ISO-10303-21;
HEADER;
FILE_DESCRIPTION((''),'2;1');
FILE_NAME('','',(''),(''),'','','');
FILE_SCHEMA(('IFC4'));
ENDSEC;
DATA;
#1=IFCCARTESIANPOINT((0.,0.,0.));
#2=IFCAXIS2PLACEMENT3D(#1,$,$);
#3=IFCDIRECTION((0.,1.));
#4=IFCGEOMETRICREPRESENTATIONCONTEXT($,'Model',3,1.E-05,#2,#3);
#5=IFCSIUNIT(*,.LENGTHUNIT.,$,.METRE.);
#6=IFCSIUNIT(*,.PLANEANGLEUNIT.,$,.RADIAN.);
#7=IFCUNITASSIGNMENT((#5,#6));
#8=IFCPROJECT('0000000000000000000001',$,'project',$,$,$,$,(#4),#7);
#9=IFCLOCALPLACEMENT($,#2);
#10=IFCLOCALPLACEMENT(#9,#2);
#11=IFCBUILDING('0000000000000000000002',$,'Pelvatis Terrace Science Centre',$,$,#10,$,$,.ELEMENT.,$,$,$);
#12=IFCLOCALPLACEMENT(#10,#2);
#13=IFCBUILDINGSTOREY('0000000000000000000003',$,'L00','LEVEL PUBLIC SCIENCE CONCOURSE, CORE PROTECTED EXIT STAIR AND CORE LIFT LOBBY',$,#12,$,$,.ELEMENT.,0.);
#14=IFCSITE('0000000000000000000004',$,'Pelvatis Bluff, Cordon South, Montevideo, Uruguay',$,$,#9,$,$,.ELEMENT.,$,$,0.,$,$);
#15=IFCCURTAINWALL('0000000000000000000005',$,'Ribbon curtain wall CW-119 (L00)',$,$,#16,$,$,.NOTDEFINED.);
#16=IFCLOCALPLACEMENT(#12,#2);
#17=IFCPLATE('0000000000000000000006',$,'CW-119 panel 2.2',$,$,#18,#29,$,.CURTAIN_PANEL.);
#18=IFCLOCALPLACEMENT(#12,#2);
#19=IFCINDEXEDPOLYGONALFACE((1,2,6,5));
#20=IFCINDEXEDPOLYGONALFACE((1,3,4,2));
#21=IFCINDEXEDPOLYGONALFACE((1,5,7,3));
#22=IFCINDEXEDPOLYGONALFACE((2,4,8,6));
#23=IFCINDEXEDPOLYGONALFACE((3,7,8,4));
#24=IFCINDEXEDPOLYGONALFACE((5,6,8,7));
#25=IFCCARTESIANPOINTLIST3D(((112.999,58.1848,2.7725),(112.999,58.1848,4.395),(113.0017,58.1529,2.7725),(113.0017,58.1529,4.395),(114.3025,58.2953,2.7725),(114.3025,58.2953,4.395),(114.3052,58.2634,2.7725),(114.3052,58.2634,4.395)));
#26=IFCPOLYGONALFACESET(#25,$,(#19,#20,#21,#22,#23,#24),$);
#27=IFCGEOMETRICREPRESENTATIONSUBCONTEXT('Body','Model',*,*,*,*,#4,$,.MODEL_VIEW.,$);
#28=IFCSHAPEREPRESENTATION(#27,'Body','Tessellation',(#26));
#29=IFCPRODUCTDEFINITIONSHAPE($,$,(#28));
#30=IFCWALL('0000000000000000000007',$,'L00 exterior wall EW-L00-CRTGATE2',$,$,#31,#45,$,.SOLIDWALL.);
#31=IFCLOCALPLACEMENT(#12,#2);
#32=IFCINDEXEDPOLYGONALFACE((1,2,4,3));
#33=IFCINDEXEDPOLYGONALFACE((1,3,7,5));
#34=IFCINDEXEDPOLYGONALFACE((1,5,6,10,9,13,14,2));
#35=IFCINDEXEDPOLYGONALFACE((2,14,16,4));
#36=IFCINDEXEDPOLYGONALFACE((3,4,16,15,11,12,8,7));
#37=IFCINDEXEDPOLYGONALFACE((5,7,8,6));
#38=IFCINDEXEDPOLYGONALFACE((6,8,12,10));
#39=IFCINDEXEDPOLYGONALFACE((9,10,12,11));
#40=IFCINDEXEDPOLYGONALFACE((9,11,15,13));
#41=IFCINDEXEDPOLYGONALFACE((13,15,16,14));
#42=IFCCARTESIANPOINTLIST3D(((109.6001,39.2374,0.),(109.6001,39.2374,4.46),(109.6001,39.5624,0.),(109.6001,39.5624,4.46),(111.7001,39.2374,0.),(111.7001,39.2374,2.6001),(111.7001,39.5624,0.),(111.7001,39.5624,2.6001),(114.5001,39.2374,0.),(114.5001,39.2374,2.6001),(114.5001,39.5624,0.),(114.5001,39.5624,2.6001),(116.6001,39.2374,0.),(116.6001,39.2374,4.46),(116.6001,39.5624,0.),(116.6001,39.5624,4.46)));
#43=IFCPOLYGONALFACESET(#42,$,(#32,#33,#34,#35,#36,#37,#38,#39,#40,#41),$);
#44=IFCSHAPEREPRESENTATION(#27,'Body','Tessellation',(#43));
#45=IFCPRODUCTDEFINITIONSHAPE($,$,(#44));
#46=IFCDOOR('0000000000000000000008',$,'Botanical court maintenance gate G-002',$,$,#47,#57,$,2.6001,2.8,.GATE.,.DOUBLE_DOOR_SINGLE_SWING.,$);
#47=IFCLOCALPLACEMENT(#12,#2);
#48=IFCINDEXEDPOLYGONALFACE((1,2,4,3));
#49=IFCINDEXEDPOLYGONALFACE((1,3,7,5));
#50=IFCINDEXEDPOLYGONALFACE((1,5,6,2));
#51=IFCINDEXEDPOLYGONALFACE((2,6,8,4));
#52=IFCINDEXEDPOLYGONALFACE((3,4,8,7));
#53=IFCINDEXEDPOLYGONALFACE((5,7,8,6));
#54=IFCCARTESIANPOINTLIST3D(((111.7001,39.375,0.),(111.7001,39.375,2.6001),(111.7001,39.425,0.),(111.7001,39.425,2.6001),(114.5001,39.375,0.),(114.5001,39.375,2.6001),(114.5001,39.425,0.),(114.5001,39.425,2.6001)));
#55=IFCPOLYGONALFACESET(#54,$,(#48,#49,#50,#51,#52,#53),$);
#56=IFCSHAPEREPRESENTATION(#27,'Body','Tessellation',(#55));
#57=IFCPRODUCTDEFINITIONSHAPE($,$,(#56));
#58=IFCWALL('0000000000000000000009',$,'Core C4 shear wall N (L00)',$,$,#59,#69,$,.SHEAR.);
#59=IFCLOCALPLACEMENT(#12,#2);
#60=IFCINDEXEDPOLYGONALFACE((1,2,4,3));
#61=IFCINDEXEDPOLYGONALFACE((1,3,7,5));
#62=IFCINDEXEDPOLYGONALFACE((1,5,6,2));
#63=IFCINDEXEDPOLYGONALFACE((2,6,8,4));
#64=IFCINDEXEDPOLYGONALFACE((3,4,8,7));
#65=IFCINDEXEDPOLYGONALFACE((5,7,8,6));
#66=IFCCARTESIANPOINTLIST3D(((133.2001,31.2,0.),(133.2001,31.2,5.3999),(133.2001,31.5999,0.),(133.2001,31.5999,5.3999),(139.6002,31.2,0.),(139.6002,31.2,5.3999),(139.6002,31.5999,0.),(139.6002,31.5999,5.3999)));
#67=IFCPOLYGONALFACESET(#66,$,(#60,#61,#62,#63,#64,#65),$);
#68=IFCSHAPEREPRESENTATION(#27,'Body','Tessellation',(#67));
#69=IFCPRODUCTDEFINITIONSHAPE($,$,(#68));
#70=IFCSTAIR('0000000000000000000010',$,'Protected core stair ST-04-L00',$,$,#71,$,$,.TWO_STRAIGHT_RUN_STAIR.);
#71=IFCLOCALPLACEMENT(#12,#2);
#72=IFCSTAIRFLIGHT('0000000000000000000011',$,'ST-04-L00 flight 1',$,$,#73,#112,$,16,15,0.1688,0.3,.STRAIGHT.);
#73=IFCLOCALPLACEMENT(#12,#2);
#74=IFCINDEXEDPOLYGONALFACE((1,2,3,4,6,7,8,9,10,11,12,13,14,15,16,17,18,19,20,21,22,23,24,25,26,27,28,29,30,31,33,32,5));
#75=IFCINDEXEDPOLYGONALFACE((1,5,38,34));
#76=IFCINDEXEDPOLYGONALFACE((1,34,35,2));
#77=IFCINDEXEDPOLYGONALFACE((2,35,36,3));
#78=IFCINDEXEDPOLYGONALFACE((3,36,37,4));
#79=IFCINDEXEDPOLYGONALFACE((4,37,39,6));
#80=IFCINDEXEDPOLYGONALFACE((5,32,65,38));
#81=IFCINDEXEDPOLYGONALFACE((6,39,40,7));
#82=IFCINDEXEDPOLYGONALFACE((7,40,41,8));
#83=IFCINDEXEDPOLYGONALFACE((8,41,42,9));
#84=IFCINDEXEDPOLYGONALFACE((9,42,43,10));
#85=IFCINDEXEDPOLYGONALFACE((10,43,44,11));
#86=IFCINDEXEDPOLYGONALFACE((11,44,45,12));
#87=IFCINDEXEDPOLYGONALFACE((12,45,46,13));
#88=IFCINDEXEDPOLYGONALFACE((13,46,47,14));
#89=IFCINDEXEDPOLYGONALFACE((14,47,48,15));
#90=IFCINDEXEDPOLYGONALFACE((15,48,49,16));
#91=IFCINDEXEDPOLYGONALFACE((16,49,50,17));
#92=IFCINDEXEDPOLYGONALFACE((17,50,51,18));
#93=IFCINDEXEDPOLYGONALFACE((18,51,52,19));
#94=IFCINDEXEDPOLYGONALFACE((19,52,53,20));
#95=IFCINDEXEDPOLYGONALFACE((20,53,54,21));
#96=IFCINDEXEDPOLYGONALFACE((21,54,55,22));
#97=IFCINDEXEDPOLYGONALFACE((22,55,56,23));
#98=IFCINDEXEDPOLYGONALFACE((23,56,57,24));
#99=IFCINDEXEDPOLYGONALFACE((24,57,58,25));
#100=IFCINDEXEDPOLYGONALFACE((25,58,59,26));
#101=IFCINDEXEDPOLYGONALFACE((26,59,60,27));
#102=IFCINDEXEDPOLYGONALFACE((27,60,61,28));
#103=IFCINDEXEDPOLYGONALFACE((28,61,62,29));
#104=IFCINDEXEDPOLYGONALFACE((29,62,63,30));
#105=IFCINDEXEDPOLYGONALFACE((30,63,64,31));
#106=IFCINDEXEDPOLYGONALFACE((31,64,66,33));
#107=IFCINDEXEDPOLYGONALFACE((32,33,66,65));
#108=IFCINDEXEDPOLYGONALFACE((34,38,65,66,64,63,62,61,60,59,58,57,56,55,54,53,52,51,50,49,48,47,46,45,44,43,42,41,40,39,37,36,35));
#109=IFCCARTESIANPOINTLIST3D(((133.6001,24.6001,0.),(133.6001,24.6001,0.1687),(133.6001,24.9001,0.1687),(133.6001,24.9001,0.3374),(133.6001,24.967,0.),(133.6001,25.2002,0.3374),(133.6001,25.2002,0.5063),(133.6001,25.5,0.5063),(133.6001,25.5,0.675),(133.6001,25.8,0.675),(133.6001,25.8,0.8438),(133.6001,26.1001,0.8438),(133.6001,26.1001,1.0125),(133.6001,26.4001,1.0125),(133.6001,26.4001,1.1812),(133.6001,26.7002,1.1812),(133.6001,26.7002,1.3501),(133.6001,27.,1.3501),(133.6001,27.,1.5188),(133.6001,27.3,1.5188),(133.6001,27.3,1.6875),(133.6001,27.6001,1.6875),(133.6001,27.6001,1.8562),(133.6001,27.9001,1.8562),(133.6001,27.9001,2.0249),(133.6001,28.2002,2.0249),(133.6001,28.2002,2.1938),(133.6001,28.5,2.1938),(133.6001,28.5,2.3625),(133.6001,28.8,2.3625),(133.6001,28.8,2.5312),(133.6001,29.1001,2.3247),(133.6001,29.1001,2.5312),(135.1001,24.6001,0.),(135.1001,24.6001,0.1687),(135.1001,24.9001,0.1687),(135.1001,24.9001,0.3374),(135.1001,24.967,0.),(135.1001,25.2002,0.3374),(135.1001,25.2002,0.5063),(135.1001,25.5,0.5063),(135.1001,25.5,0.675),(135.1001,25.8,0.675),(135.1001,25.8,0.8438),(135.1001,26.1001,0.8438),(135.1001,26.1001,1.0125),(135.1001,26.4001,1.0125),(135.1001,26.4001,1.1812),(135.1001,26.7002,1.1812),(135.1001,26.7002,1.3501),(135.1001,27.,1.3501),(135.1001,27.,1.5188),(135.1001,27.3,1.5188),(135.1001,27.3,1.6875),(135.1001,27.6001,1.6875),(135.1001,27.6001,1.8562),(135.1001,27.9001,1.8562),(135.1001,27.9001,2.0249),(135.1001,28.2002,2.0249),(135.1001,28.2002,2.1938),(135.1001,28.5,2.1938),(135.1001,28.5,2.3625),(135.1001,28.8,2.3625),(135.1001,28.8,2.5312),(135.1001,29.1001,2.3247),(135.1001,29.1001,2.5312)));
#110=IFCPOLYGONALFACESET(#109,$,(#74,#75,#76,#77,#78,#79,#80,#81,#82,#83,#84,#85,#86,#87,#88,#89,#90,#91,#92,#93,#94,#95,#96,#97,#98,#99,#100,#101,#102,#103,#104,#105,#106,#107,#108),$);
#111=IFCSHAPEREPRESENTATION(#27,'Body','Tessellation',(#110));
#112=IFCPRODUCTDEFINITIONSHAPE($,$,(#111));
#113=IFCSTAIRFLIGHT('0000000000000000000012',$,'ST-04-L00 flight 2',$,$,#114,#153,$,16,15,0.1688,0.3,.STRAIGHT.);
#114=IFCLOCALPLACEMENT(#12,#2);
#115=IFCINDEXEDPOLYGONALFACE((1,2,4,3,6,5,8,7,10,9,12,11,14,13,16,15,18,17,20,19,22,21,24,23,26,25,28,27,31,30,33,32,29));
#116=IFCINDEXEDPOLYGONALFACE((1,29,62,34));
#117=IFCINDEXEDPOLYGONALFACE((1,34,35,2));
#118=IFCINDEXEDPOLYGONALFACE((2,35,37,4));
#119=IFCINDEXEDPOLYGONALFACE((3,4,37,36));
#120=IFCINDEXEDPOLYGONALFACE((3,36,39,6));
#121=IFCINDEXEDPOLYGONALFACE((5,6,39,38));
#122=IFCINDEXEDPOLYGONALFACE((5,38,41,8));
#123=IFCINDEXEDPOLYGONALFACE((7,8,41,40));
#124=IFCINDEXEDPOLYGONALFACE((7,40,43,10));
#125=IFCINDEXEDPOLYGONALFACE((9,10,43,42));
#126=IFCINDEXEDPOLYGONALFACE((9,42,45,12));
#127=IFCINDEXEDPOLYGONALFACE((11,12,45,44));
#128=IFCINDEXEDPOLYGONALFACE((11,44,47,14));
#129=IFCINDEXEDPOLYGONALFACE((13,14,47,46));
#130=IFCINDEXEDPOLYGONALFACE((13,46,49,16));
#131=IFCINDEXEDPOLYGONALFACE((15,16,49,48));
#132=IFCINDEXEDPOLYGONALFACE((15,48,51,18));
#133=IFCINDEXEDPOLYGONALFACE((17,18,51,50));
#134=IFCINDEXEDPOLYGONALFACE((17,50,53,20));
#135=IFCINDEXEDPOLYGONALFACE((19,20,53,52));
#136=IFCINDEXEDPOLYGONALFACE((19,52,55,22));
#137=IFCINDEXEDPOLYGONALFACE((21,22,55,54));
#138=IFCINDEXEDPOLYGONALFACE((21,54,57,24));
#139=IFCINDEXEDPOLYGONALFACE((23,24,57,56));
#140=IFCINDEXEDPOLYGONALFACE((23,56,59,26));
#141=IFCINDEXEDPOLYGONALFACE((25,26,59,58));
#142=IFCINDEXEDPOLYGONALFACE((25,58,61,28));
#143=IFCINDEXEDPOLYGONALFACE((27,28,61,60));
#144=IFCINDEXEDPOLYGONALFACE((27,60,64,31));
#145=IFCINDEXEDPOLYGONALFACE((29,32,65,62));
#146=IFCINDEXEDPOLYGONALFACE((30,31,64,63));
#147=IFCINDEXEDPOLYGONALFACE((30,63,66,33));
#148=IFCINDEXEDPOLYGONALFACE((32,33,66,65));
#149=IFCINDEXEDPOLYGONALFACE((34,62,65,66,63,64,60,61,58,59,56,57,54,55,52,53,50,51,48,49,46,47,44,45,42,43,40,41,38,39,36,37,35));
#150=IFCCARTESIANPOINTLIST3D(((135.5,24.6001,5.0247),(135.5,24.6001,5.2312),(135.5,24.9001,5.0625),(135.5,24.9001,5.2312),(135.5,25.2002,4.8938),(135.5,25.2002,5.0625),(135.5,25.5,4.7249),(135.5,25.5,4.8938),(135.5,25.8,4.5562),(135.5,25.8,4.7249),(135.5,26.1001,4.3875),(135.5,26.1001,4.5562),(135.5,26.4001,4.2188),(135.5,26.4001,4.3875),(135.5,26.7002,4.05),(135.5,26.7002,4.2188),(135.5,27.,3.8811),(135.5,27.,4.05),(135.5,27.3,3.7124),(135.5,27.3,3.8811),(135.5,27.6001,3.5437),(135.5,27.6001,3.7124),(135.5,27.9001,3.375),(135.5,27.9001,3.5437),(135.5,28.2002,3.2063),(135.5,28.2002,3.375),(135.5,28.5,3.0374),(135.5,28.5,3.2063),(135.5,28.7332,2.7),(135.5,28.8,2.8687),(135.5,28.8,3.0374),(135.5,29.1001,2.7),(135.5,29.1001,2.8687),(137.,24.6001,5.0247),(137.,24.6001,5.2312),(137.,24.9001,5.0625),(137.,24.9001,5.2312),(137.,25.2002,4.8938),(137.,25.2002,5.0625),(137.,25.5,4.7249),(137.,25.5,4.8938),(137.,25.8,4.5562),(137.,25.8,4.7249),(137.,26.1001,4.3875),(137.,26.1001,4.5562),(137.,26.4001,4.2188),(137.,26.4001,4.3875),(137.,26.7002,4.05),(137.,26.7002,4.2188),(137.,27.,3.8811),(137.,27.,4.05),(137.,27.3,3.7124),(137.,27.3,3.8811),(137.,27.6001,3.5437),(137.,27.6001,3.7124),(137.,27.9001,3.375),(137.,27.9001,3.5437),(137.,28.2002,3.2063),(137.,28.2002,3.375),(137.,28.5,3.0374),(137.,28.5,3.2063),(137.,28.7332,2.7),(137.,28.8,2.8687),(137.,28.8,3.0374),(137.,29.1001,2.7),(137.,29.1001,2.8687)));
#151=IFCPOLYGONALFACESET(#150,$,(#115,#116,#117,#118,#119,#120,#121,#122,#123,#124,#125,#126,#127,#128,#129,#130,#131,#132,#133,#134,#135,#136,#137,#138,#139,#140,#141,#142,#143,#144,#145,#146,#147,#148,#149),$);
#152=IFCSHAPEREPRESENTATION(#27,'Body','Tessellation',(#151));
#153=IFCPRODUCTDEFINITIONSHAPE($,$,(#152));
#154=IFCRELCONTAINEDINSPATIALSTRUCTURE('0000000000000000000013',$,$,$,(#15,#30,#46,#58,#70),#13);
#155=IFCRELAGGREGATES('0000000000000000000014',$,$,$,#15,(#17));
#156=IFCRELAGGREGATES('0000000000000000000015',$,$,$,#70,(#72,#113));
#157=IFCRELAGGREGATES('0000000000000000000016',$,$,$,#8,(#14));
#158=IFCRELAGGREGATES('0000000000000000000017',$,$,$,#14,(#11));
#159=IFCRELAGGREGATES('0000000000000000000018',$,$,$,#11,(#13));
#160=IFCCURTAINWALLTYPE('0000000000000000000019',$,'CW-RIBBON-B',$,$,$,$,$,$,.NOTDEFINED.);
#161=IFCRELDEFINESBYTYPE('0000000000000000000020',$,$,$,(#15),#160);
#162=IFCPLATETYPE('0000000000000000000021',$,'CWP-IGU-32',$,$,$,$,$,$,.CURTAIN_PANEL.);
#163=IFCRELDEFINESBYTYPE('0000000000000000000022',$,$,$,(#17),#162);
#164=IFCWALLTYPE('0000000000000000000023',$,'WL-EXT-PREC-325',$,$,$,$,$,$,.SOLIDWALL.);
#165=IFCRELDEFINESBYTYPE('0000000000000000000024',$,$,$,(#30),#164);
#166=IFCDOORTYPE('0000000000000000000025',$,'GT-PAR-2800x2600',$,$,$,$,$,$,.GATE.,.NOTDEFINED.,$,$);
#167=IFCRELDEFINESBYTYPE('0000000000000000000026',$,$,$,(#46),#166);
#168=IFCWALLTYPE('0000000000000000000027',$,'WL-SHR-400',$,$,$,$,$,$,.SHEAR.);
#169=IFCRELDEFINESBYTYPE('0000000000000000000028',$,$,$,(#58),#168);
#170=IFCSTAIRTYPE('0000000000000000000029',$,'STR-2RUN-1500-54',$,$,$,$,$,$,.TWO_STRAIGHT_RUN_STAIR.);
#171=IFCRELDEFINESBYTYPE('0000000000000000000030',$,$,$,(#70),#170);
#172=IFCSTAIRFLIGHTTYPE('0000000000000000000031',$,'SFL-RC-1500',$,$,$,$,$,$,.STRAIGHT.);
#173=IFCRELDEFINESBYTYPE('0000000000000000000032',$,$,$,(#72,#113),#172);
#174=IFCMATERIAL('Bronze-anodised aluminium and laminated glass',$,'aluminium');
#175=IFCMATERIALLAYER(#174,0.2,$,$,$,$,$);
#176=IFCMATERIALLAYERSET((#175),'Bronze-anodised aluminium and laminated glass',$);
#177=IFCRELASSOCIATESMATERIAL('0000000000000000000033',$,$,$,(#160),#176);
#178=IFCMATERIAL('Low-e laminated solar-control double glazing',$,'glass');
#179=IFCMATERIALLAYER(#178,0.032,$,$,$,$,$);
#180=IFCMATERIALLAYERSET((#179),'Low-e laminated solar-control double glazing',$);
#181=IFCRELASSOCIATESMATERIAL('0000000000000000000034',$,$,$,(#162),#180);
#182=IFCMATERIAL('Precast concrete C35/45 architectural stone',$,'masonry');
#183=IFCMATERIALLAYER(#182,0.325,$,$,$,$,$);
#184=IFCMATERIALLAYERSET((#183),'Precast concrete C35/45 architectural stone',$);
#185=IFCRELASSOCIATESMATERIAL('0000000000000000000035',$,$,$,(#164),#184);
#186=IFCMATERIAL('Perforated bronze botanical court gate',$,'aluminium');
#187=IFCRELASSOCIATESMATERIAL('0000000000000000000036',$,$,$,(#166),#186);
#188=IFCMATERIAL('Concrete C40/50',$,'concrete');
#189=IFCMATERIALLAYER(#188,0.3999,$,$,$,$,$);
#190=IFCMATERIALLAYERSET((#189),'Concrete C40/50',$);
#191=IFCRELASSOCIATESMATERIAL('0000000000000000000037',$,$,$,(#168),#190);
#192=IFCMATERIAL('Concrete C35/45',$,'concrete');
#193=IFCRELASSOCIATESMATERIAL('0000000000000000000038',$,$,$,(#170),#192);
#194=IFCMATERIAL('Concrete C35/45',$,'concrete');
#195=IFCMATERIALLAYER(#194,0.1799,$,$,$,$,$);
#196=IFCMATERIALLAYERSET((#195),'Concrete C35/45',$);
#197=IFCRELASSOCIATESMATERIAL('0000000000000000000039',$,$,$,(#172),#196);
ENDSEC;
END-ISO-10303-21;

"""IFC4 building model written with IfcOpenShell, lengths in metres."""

from ifc_helpers import new_model, si_unit, direction, frame, frame_2d, origin, origin_2d, place, context, subcontext, project, spatial, polyline, rectangle, outline, extrude, material, layer, layer_set, type_object, element, fill, aggregate, save


model = new_model("IFC4")

# Units and contexts
model_context = context("Model", 3, precision=1e-05, world=origin(), true_north=direction((0.0, 1.0)))
body_context = subcontext(model_context, "Body", "Model", "MODEL_VIEW")
ifc_project = project(units=[si_unit("LENGTHUNIT", "METRE"), si_unit("PLANEANGLEUNIT", "RADIAN")], contexts=[model_context])

# Site, building, storey
site_placement = place(None, origin())
site = spatial("IfcSite", under=ifc_project, at=site_placement, Name="Pelvatis Bluff, Cordon South, Montevideo, Uruguay", CompositionType="ELEMENT", RefElevation=0.0)
building_placement = place(site_placement, origin())
building = spatial("IfcBuilding", under=site, at=building_placement, Name="Pelvatis Terrace Science Centre", CompositionType="ELEMENT")
storey_placement = place(building_placement, origin())
storey = spatial("IfcBuildingStorey", under=building, at=storey_placement, Name="L00", Description="LEVEL PUBLIC SCIENCE CONCOURSE, CORE PROTECTED EXIT STAIR AND CORE LIFT LOBBY", CompositionType="ELEMENT", Elevation=0.0)

# Curtain wall, plate
ifc_material_1 = material(Name="Bronze-anodised aluminium and laminated glass", Category="aluminium")
ifc_layer_1 = layer(ifc_material_1, 0.2)
ifc_layer_set_1 = layer_set([ifc_layer_1], Name="Bronze-anodised aluminium and laminated glass")
curtain_wall_type = type_object("IfcCurtainWallType", Name="CW-RIBBON-B", PredefinedType="NOTDEFINED", material=ifc_layer_set_1)
curtain_wall_placement = place(storey_placement, origin())
curtain_wall = element("IfcCurtainWall", 1, at=curtain_wall_placement, inside=storey, type_object=curtain_wall_type, Name="Ribbon curtain wall CW-119 (L00)", PredefinedType="NOTDEFINED")
ifc_material_2 = material(Name="Low-e laminated solar-control double glazing", Category="glass")
ifc_layer_2 = layer(ifc_material_2, 0.032)
ifc_layer_set_2 = layer_set([ifc_layer_2], Name="Low-e laminated solar-control double glazing")
plate_type = type_object("IfcPlateType", Name="CWP-IGU-32", PredefinedType="CURTAIN_PANEL", material=ifc_layer_set_2)
plate_1_placement = place(storey_placement, frame((113.6521, 58.2241, 2.7725), z_axis=(0.0, 0.0, 1.0), x_axis=(0.996425, 0.084488, 0.0)))
plate_1 = element("IfcPlate", 2, at=plate_1_placement, type_object=plate_type, Name="CW-119 panel 2.2", PredefinedType="CURTAIN_PANEL", context=body_context, shape_type="SweptSolid", body=[
    extrude(rectangle(XDim=1.3081, YDim=0.032, at=origin_2d()), origin(), (0.0, 0.0, 1.0), 1.6226),
])
aggregate(curtain_wall, [plate_1])

# Wall, opening, door
ifc_material_3 = material(Name="Precast concrete C35/45 architectural stone", Category="masonry")
ifc_layer_3 = layer(ifc_material_3, 0.325)
ifc_layer_set_3 = layer_set([ifc_layer_3], Name="Precast concrete C35/45 architectural stone")
wall_type_1 = type_object("IfcWallType", Name="WL-EXT-PREC-325", PredefinedType="SOLIDWALL", material=ifc_layer_set_3)
wall_1_placement = place(storey_placement, frame((116.6001, 39.3999, 0.0), z_axis=(0.0, 0.0, 1.0), x_axis=(-1.0, 0.0, 0.0)))
wall_1 = element("IfcWall", 3, at=wall_1_placement, inside=storey, type_object=wall_type_1, Name="L00 exterior wall EW-L00-CRTGATE2", PredefinedType="SOLIDWALL", context=body_context, shape_type="SweptSolid", body=[
    extrude(rectangle(XDim=7.0, YDim=0.325, at=frame_2d((3.5, 0.0))), origin(), (0.0, 0.0, 1.0), 4.46),
])
opening_1_placement = place(wall_1_placement, frame((2.1001, 0.0, 0.0)))
opening_1 = element("IfcOpeningElement", 4, at=opening_1_placement, cuts=wall_1, PredefinedType="OPENING", context=body_context, shape_type="SweptSolid", body=[
    extrude(rectangle(XDim=2.8, YDim=2.6001, at=frame_2d((1.3999, 1.3))), frame((0.0, 0.1724, 0.0), z_axis=(0.0, -1.0, 0.0), x_axis=(1.0, 0.0, 0.0)), (0.0, 0.0, 1.0), 0.345),
])
ifc_material_4 = material(Name="Perforated bronze botanical court gate", Category="aluminium")
door_type_1 = type_object("IfcDoorType", Name="GT-PAR-2800x2600", OperationType="NOTDEFINED", PredefinedType="GATE", material=ifc_material_4)
door_1_placement = place(opening_1_placement, origin())
door_1 = element("IfcDoor", 5, at=door_1_placement, inside=storey, type_object=door_type_1, Name="Botanical court maintenance gate G-002", OperationType="DOUBLE_DOOR_SINGLE_SWING", OverallHeight=2.6001, OverallWidth=2.8, PredefinedType="GATE", context=body_context, shape_type="SweptSolid", body=[
    extrude(rectangle(XDim=2.8, YDim=2.6001, at=frame_2d((1.3999, 1.3))), frame((0.0, 0.0249, 0.0), z_axis=(0.0, -1.0, 0.0), x_axis=(1.0, 0.0, 0.0)), (0.0, 0.0, 1.0), 0.05),
])
fill(opening_1, door_1)

# Wall
ifc_material_5 = material(Name="Concrete C40/50", Category="concrete")
ifc_layer_4 = layer(ifc_material_5, 0.3999)
ifc_layer_set_4 = layer_set([ifc_layer_4], Name="Concrete C40/50")
wall_type_2 = type_object("IfcWallType", Name="WL-SHR-400", PredefinedType="SHEAR", material=ifc_layer_set_4)
wall_2_placement = place(storey_placement, frame((133.2, 31.3999, 0.0), z_axis=(0.0, 0.0, 1.0), x_axis=(1.0, 0.0, 0.0)))
element("IfcWall", 6, at=wall_2_placement, inside=storey, type_object=wall_type_2, Name="Core C4 shear wall N (L00)", PredefinedType="SHEAR", context=body_context, shape_type="SweptSolid", body=[
    extrude(rectangle(XDim=6.4001, YDim=0.3999, at=frame_2d((3.2002, 0.0))), origin(), (0.0, 0.0, 1.0), 5.3999),
])

# Stair, stair flights
ifc_material_6 = material(Name="Concrete C35/45", Category="concrete")
stair_type = type_object("IfcStairType", Name="STR-2RUN-1500-54", PredefinedType="TWO_STRAIGHT_RUN_STAIR", material=ifc_material_6)
stair_placement = place(storey_placement, origin())
stair = element("IfcStair", 7, at=stair_placement, inside=storey, type_object=stair_type, Name="Protected core stair ST-04-L00", PredefinedType="TWO_STRAIGHT_RUN_STAIR")
ifc_material_7 = material(Name="Concrete C35/45", Category="concrete")
ifc_layer_5 = layer(ifc_material_7, 0.1799)
ifc_layer_set_5 = layer_set([ifc_layer_5], Name="Concrete C35/45")
stair_flight_type = type_object("IfcStairFlightType", Name="SFL-RC-1500", PredefinedType="STRAIGHT", material=ifc_layer_set_5)
stair_flight_1_placement = place(storey_placement, frame((134.3501, 24.6001, 0.0), z_axis=(0.0, 0.0, 1.0), x_axis=(0.0, 1.0, 0.0)))
stair_flight_1 = element("IfcStairFlight", 8, at=stair_flight_1_placement, type_object=stair_flight_type, Name="ST-04-L00 flight 1", NumberOfRisers=16, NumberOfTreads=15, PredefinedType="STRAIGHT", RiserHeight=0.1688, TreadLength=0.3, context=body_context, shape_type="SweptSolid", body=[
    extrude(outline(polyline([(0.0, 0.0), (0.0, 0.1687), (0.3, 0.1687), (0.3, 0.3374), (0.6001, 0.3374), (0.6001, 0.5063), (0.8999, 0.5063), (0.8999, 0.675), (1.2, 0.675), (1.2, 0.8438), (1.5, 0.8438), (1.5, 1.0125), (1.8, 1.0125), (1.8, 1.1812), (2.1001, 1.1812), (2.1001, 1.3501), (2.3999, 1.3501), (2.3999, 1.5188), (2.7, 1.5188), (2.7, 1.6875), (3.0, 1.6875), (3.0, 1.8562), (3.3, 1.8562), (3.3, 2.0249), (3.6001, 2.0249), (3.6001, 2.1938), (3.8999, 2.1938), (3.8999, 2.3625), (4.2, 2.3625), (4.2, 2.5312), (4.5, 2.5312), (4.5, 2.7), (4.5, 2.3247), (0.3669, 0.0), (0.0, 0.0)])), frame((0.0, 0.75, 0.0), z_axis=(0.0, -1.0, 0.0), x_axis=(1.0, 0.0, 0.0)), (0.0, 0.0, 1.0), 1.5),
])
stair_flight_2_placement = place(storey_placement, frame((136.25, 29.1001, 2.7), z_axis=(0.0, 0.0, 1.0), x_axis=(0.0, -1.0, 0.0)))
stair_flight_2 = element("IfcStairFlight", 9, at=stair_flight_2_placement, type_object=stair_flight_type, Name="ST-04-L00 flight 2", NumberOfRisers=16, NumberOfTreads=15, PredefinedType="STRAIGHT", RiserHeight=0.1688, TreadLength=0.3, context=body_context, shape_type="SweptSolid", body=[
    extrude(outline(polyline([(0.0, 0.0), (0.0, 0.1687), (0.3, 0.1687), (0.3, 0.3374), (0.6001, 0.3374), (0.6001, 0.5063), (0.8999, 0.5063), (0.8999, 0.675), (1.2, 0.675), (1.2, 0.8438), (1.5, 0.8438), (1.5, 1.0125), (1.8, 1.0125), (1.8, 1.1812), (2.1001, 1.1812), (2.1001, 1.3501), (2.3999, 1.3501), (2.3999, 1.5188), (2.7, 1.5188), (2.7, 1.6875), (3.0, 1.6875), (3.0, 1.8562), (3.3, 1.8562), (3.3, 2.0249), (3.6001, 2.0249), (3.6001, 2.1938), (3.8999, 2.1938), (3.8999, 2.3625), (4.2, 2.3625), (4.2, 2.5312), (4.5, 2.5312), (4.5, 2.7), (4.5, 2.3247), (0.3669, 0.0), (0.0, 0.0)])), frame((0.0, 0.75, 0.0), z_axis=(0.0, -1.0, 0.0), x_axis=(1.0, 0.0, 0.0)), (0.0, 0.0, 1.0), 1.5),
])
aggregate(stair, [stair_flight_1, stair_flight_2])

save(model, "model.ifc")
